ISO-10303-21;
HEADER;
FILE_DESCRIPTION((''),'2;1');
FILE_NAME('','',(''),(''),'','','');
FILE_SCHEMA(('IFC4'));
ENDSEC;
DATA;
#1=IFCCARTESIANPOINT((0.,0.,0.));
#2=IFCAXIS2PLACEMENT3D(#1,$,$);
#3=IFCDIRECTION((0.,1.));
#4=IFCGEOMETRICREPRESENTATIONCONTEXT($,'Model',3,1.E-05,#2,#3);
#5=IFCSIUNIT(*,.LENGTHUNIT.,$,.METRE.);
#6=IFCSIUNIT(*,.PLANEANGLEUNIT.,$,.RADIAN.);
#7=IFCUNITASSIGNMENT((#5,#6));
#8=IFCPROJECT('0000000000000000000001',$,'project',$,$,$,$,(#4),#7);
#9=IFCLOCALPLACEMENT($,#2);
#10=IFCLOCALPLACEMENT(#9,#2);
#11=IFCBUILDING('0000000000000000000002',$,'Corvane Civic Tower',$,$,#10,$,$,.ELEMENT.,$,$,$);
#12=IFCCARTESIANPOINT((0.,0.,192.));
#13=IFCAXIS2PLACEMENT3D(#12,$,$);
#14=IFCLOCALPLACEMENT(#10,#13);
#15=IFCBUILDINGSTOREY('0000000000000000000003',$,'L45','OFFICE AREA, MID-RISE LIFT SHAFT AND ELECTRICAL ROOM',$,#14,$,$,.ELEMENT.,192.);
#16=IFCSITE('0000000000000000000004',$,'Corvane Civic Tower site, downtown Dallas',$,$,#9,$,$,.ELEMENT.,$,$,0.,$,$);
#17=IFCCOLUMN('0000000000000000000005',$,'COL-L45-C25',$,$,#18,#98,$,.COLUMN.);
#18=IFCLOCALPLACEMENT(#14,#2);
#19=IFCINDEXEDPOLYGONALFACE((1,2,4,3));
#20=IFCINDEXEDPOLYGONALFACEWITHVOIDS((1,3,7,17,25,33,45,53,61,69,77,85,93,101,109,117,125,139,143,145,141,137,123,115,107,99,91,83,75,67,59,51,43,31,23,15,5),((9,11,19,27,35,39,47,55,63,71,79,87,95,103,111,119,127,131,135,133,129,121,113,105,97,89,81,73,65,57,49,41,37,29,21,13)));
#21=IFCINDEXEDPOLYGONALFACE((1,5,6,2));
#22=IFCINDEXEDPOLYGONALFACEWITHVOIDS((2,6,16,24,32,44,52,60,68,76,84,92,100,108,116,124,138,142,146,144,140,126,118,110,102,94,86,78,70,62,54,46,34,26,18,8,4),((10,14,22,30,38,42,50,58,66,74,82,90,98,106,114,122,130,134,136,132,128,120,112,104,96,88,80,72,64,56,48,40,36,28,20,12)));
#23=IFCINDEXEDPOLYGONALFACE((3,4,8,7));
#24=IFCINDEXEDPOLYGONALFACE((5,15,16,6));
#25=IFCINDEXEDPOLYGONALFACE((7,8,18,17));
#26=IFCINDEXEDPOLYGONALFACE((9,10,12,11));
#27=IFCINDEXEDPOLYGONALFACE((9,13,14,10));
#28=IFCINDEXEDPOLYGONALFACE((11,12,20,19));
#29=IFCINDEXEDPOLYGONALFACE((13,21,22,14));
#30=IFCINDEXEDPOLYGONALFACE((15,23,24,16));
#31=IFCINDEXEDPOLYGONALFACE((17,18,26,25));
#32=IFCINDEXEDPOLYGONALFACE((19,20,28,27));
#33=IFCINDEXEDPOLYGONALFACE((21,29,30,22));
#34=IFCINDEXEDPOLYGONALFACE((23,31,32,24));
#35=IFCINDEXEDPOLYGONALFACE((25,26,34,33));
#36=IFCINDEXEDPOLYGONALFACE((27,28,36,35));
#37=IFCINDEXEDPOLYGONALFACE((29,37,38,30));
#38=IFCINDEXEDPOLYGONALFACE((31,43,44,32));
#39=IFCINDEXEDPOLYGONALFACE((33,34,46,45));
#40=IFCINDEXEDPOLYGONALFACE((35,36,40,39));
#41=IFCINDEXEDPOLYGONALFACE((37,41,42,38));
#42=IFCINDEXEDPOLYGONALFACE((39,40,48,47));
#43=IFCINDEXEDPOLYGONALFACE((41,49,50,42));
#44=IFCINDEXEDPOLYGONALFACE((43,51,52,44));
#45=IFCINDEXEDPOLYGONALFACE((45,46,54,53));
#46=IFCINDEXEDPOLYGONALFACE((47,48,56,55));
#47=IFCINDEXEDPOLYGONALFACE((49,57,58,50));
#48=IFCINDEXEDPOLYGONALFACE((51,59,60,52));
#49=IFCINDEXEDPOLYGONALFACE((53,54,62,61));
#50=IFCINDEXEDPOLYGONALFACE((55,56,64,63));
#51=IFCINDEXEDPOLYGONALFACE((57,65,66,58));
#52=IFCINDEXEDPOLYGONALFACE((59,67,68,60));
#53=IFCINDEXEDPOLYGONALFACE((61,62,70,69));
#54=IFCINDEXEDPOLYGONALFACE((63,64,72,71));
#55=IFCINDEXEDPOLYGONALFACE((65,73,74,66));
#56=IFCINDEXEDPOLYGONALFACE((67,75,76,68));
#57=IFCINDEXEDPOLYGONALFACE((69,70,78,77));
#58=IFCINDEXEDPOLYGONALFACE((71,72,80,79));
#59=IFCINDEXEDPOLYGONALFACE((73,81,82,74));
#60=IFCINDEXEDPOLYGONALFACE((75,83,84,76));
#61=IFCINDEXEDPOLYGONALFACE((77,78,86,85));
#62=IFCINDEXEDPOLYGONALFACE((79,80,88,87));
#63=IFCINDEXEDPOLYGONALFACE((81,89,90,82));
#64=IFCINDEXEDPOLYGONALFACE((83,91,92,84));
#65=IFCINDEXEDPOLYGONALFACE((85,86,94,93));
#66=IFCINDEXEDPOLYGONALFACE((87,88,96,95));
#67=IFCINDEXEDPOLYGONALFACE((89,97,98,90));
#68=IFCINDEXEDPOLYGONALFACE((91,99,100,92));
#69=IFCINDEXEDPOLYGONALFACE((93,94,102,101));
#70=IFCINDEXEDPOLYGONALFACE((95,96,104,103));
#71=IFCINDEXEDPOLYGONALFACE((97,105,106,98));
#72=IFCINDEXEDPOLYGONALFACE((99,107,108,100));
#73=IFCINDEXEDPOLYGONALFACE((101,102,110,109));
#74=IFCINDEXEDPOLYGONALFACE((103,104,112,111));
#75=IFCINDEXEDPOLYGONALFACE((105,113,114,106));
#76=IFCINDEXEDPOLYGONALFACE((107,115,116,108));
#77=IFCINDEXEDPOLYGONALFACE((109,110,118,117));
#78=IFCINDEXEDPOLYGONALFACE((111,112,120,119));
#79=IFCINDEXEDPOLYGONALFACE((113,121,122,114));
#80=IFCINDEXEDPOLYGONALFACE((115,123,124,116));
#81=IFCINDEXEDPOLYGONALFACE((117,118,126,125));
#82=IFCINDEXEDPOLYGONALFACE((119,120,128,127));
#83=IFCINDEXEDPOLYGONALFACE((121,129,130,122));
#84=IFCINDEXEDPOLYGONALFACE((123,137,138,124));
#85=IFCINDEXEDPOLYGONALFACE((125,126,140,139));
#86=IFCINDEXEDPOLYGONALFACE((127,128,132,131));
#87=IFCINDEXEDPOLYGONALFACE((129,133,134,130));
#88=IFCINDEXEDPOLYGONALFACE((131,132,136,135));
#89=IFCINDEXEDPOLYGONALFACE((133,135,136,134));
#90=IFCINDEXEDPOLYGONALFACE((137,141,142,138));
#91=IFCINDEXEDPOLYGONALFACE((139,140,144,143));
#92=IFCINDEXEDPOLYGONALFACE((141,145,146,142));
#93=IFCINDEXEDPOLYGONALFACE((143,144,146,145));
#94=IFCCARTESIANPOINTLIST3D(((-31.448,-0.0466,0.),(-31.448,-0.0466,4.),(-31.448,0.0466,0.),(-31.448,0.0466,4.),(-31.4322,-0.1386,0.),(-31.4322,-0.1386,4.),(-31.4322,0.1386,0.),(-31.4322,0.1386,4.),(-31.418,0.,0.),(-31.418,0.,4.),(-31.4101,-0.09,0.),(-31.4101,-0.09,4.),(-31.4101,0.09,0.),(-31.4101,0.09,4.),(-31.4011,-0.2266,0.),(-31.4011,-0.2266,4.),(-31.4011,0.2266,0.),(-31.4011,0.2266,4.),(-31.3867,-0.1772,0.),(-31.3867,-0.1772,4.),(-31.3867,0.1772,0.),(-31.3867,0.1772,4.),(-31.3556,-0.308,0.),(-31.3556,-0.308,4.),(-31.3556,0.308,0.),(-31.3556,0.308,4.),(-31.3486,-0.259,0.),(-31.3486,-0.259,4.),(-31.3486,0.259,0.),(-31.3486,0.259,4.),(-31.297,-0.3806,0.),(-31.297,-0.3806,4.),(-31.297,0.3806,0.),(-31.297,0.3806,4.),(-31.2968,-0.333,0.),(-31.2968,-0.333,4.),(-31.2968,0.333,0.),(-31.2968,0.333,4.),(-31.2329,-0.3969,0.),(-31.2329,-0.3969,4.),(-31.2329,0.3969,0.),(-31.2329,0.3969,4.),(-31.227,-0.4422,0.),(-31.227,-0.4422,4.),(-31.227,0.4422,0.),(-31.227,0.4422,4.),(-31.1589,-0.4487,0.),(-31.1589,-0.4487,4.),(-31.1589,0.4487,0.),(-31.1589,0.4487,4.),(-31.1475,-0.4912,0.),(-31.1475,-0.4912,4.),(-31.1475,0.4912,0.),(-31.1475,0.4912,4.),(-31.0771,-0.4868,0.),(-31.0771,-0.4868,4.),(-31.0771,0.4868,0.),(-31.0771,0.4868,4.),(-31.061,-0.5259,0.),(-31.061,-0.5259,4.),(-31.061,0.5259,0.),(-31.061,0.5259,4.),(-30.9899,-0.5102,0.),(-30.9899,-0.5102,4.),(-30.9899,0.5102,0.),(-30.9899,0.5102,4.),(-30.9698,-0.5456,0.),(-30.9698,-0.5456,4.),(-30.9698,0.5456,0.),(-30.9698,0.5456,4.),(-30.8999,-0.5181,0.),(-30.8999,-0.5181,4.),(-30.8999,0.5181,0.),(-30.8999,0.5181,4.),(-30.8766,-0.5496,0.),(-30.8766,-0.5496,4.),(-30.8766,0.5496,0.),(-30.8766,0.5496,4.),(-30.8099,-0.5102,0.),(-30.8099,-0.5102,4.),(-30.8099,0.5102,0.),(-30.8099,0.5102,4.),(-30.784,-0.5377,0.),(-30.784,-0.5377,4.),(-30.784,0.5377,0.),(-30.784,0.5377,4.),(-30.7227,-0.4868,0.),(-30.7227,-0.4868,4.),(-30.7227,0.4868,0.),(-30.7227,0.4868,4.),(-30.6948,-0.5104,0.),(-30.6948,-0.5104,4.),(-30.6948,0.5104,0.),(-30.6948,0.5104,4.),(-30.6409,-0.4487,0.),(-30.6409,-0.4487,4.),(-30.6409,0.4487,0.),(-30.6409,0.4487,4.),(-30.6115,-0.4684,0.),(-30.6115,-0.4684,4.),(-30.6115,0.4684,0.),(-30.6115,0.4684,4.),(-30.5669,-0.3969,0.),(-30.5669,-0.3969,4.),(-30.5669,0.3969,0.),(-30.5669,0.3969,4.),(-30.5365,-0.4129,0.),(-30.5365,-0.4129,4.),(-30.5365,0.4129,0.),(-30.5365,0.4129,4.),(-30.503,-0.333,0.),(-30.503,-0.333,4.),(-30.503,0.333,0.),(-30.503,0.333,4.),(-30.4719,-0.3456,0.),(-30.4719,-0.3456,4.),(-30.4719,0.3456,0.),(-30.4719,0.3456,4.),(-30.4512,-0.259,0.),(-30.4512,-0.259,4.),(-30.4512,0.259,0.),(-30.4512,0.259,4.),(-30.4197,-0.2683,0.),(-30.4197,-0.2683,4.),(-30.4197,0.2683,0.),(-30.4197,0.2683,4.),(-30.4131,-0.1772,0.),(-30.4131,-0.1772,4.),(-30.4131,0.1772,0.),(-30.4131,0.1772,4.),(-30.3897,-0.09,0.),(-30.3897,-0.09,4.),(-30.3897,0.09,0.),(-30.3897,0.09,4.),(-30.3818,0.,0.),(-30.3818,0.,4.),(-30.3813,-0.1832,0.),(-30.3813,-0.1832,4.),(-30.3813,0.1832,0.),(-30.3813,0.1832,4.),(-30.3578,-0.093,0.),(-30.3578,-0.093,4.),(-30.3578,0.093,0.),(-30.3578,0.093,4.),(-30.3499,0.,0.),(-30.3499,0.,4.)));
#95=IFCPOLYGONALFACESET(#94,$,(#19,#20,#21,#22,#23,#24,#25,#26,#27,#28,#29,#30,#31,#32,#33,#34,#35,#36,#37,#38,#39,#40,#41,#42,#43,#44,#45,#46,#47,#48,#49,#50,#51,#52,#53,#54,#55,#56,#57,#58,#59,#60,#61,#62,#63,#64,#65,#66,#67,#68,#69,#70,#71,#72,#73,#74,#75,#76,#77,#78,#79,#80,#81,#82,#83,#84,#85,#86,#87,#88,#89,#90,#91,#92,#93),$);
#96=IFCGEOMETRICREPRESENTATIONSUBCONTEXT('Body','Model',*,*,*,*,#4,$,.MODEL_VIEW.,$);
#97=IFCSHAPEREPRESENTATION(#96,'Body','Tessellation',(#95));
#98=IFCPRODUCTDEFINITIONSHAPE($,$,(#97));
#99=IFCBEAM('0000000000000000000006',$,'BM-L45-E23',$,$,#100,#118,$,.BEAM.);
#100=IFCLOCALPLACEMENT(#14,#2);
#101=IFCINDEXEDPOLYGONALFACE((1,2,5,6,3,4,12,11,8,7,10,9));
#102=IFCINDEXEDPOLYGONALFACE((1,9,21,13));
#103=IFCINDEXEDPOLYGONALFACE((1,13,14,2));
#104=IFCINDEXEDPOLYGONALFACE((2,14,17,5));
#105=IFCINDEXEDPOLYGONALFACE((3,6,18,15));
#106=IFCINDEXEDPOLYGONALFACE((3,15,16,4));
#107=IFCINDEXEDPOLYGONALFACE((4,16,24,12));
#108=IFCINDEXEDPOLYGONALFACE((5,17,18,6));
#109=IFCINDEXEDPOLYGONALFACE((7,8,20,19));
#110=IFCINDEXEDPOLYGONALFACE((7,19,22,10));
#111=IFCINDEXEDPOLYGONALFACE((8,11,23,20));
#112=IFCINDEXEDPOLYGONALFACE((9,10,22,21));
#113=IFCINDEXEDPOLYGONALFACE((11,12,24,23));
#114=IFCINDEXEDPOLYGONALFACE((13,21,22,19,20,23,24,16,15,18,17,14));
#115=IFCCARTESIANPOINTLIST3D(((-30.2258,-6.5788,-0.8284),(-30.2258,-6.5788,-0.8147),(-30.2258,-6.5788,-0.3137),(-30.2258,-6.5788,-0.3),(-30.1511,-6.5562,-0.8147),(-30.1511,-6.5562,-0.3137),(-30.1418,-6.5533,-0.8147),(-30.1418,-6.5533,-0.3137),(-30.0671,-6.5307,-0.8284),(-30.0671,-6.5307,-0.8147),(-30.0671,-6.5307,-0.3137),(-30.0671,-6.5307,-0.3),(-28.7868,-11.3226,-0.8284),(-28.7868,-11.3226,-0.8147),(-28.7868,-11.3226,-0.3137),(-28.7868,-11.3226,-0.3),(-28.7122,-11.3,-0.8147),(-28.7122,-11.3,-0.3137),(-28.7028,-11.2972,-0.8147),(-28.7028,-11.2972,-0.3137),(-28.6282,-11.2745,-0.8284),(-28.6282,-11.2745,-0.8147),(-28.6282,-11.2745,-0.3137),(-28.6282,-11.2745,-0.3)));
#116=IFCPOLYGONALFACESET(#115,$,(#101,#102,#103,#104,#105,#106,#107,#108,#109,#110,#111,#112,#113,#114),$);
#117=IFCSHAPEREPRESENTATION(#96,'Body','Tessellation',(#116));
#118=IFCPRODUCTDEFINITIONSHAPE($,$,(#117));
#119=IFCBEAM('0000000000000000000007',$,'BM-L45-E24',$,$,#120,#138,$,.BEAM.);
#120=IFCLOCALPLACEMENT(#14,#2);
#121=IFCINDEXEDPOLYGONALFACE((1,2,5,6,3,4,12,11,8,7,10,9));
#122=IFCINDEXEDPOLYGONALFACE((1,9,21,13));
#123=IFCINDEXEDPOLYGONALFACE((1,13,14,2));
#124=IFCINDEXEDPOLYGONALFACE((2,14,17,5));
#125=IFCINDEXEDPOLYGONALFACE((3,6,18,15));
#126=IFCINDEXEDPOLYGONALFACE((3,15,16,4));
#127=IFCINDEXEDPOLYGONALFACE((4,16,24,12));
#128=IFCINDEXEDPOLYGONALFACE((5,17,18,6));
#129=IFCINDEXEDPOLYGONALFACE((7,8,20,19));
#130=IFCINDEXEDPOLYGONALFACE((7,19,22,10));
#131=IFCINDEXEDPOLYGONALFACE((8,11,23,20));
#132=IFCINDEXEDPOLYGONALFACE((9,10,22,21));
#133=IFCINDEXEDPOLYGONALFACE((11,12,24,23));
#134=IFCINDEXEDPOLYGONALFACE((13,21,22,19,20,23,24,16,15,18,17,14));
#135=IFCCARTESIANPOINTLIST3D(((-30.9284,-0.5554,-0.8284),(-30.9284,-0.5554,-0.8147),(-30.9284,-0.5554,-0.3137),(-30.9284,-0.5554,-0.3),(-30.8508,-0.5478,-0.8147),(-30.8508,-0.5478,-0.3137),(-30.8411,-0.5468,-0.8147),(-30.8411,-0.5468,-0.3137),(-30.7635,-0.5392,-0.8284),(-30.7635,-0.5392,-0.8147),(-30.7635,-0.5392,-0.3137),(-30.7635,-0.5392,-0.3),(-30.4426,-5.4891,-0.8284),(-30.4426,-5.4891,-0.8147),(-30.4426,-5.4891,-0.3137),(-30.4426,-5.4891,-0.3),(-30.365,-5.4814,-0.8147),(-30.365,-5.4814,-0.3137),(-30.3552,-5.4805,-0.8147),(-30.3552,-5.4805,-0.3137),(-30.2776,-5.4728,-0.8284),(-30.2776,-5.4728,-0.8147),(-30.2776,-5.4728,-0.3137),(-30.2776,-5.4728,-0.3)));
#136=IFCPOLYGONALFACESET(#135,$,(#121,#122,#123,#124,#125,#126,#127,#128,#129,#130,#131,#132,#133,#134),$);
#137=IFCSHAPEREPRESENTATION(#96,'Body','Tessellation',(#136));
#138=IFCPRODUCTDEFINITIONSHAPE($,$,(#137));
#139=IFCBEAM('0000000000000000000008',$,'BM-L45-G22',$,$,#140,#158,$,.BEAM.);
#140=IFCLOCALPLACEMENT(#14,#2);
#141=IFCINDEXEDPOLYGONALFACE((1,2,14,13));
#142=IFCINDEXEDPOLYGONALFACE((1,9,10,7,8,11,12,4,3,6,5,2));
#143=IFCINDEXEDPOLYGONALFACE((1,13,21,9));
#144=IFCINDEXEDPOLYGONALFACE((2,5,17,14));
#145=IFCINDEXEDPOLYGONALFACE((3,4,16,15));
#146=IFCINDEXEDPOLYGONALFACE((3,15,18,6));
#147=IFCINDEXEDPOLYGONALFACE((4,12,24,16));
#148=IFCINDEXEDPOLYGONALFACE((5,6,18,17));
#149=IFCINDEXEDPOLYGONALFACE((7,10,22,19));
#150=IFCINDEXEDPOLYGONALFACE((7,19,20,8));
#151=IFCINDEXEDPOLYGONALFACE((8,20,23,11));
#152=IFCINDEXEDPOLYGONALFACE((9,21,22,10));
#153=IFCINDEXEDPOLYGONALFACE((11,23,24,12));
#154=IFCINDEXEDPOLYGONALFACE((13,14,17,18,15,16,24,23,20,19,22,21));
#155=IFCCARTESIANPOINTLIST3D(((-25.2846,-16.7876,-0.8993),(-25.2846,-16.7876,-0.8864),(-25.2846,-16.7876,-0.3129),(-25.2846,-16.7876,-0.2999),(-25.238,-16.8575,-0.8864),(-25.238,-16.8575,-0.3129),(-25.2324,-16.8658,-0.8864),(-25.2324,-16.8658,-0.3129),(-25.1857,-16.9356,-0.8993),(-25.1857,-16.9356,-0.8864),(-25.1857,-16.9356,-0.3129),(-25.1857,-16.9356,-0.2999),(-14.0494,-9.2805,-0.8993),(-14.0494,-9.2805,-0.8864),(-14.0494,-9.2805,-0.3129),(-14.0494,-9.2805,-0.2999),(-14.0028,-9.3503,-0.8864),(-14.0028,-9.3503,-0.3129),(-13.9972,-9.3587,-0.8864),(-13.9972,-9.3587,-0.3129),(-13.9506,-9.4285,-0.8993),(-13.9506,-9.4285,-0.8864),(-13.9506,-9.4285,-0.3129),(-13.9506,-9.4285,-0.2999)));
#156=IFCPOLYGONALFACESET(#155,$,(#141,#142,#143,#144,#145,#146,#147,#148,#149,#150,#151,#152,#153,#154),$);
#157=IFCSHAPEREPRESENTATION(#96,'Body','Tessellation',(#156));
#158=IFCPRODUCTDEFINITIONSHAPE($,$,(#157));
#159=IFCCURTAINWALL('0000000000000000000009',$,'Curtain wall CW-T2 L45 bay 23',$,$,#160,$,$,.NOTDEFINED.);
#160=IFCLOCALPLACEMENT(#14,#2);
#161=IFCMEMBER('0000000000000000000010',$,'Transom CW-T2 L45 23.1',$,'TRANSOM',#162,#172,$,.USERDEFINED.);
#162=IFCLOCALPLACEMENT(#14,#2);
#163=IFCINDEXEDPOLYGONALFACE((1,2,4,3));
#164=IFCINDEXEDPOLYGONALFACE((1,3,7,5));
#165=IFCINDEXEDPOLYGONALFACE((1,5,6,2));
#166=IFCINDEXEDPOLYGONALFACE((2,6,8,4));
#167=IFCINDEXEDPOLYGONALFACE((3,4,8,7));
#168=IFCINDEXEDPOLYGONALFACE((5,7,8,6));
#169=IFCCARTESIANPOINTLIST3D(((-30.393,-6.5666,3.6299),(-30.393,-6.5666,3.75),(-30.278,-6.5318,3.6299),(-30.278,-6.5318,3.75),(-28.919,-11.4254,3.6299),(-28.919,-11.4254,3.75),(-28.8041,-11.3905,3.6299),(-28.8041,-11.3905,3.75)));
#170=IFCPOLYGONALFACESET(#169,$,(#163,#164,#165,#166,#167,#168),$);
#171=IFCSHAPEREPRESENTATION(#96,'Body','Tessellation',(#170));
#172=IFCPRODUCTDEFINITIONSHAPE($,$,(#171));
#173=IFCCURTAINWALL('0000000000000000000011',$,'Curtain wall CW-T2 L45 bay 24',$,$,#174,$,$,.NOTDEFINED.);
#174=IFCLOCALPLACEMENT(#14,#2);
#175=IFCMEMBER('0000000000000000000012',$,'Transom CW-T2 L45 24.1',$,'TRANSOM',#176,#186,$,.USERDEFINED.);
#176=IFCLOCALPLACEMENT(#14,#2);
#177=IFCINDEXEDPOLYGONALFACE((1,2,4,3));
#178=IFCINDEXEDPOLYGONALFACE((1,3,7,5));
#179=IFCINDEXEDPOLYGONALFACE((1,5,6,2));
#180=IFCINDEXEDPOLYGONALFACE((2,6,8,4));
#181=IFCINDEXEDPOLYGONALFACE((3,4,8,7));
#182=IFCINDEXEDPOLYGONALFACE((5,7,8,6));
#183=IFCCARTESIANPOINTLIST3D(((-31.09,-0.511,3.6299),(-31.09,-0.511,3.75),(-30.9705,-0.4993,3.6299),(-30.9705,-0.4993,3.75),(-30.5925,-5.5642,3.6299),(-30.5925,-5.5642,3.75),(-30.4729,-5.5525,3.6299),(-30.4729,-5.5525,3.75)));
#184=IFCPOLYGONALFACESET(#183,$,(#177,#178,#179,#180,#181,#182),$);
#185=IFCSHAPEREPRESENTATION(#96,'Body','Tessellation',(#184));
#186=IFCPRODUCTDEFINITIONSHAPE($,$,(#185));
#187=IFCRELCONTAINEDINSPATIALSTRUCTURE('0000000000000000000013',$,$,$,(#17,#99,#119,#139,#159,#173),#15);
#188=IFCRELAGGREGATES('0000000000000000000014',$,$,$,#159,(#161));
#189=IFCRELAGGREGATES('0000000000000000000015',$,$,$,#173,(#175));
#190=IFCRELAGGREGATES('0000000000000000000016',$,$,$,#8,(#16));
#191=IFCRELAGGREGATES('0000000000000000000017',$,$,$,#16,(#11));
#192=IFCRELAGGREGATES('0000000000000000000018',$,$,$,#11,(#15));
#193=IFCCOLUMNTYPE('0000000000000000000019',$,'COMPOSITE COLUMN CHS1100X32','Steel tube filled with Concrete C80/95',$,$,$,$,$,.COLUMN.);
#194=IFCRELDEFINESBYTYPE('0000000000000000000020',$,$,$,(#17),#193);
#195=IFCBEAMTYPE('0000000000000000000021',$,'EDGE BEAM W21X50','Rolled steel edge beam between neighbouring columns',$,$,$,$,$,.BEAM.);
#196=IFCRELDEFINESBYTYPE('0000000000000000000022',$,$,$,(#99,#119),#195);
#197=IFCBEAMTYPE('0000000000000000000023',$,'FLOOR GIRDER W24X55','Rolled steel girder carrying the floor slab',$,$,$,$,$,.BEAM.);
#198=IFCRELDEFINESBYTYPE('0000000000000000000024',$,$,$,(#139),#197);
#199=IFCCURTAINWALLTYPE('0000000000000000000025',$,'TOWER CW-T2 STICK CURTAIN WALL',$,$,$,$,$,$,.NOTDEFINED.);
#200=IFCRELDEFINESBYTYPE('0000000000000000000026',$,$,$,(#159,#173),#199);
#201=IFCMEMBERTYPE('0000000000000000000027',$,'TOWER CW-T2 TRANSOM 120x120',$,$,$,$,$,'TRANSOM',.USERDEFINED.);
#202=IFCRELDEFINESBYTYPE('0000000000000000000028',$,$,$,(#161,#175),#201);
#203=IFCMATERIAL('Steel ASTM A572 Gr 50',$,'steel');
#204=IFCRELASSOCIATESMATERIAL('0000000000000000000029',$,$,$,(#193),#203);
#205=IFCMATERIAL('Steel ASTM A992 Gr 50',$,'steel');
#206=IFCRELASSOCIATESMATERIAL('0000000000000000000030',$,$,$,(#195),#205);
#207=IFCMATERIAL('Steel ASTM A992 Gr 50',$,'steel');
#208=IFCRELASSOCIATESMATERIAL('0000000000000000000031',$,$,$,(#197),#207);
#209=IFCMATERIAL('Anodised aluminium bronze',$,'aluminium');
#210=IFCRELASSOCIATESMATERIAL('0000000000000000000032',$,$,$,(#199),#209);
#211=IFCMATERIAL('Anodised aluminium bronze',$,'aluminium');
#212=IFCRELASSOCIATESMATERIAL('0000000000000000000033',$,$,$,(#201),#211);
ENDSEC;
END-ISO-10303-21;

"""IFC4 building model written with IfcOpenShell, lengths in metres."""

from ifc_helpers import new_model, si_unit, direction, frame, origin, origin_2d, place, context, subcontext, project, spatial, rectangle, hollow_circle, i_section, extrude, material, material_profile, profile_set, type_object, element, aggregate, save


model = new_model("IFC4")

# Units and contexts
model_context = context("Model", 3, precision=1e-05, world=origin(), true_north=direction((0.0, 1.0)))
body_context = subcontext(model_context, "Body", "Model", "MODEL_VIEW")
ifc_project = project(units=[si_unit("LENGTHUNIT", "METRE"), si_unit("PLANEANGLEUNIT", "RADIAN")], contexts=[model_context])

# Site, building, storey
site_placement = place(None, origin())
site = spatial("IfcSite", under=ifc_project, at=site_placement, Name="Corvane Civic Tower site, downtown Dallas", CompositionType="ELEMENT", RefElevation=0.0)
building_placement = place(site_placement, origin())
building = spatial("IfcBuilding", under=site, at=building_placement, Name="Corvane Civic Tower", CompositionType="ELEMENT")
storey_placement = place(building_placement, frame((0.0, 0.0, 192.0)))
storey = spatial("IfcBuildingStorey", under=building, at=storey_placement, Name="L45", Description="OFFICE AREA, MID-RISE LIFT SHAFT AND ELECTRICAL ROOM", CompositionType="ELEMENT", Elevation=192.0)

# Column
ifc_material_1 = material(Name="Steel ASTM A572 Gr 50", Category="steel")
ifc_material_profile_1 = material_profile(ifc_material_1, hollow_circle(Radius=0.55, WallThickness=0.032, at=origin_2d()), Name="CHS1100X32")
ifc_profile_set_1 = profile_set([ifc_material_profile_1], Name="Steel ASTM A572 Gr 50")
column_type = type_object("IfcColumnType", Name="COMPOSITE COLUMN CHS1100X32", Description="Steel tube filled with Concrete C80/95", PredefinedType="COLUMN", material=ifc_profile_set_1)
for number, where, z_axis, x_axis, name in (
    (1, (-30.8999, 0.0, 0.0), (0.0, 0.0, 1.0), (1.0, 0.0, 0.0), "COL-L45-C25"),
):
    element("IfcColumn", number, at=place(storey_placement, frame(where, z_axis=z_axis, x_axis=x_axis)), inside=storey, type_object=column_type, Name=name, PredefinedType="COLUMN", context=body_context, shape_type="SweptSolid", body=[
        extrude(hollow_circle(Radius=0.55, WallThickness=0.032, at=origin_2d()), origin(), (0.0, 0.0, 1.0), 4.0),
    ])

# Beams
ifc_material_2 = material(Name="Steel ASTM A992 Gr 50", Category="steel")
ifc_material_profile_2 = material_profile(ifc_material_2, i_section(OverallWidth=0.1658, OverallDepth=0.5283, WebThickness=0.0098, FlangeThickness=0.0137, at=origin_2d()), Name="W21X50")
ifc_profile_set_2 = profile_set([ifc_material_profile_2], Name="Steel ASTM A992 Gr 50")
beam_type_1 = type_object("IfcBeamType", Name="EDGE BEAM W21X50", Description="Rolled steel edge beam between neighbouring columns", PredefinedType="BEAM", material=ifc_profile_set_2)
beam_1_placement = place(storey_placement, frame((-28.7075, -11.2986, -0.5642), z_axis=(-0.29027, 0.956945, 0.0), x_axis=(-0.956945, -0.29027, 0.0)))
element("IfcBeam", 2, at=beam_1_placement, inside=storey, type_object=beam_type_1, Name="BM-L45-E23", PredefinedType="BEAM", context=body_context, shape_type="SweptSolid", body=[
    extrude(i_section(OverallWidth=0.1658, OverallDepth=0.5283, WebThickness=0.0098, FlangeThickness=0.0137, at=origin_2d()), origin(), (0.0, 0.0, 1.0), 4.9573),
])
beam_2_placement = place(storey_placement, frame((-30.3601, -5.481, -0.5642), z_axis=(-0.098002, 0.995186, 0.0), x_axis=(-0.995186, -0.098002, 0.0)))
element("IfcBeam", 3, at=beam_2_placement, inside=storey, type_object=beam_type_1, Name="BM-L45-E24", PredefinedType="BEAM", context=body_context, shape_type="SweptSolid", body=[
    extrude(i_section(OverallWidth=0.1658, OverallDepth=0.5283, WebThickness=0.0098, FlangeThickness=0.0137, at=origin_2d()), origin(), (0.0, 0.0, 1.0), 4.9575),
])
ifc_material_3 = material(Name="Steel ASTM A992 Gr 50", Category="steel")
ifc_material_profile_3 = material_profile(ifc_material_3, i_section(OverallWidth=0.178, OverallDepth=0.5994, WebThickness=0.01, FlangeThickness=0.0129, at=origin_2d()), Name="W24X55")
ifc_profile_set_3 = profile_set([ifc_material_profile_3], Name="Steel ASTM A992 Gr 50")
beam_type_2 = type_object("IfcBeamType", Name="FLOOR GIRDER W24X55", Description="Rolled steel girder carrying the floor slab", PredefinedType="BEAM", material=ifc_profile_set_3)
beam_3_placement = place(storey_placement, frame((-14.0, -9.3545, -0.5996), z_axis=(-0.831469, -0.555571, 0.0), x_axis=(0.555571, -0.831469, 0.0)))
element("IfcBeam", 4, at=beam_3_placement, inside=storey, type_object=beam_type_2, Name="BM-L45-G22", PredefinedType="BEAM", context=body_context, shape_type="SweptSolid", body=[
    extrude(i_section(OverallWidth=0.178, OverallDepth=0.5994, WebThickness=0.01, FlangeThickness=0.0129, at=origin_2d()), origin(), (0.0, 0.0, 1.0), 13.5125),
])

# Curtain walls, members
ifc_material_4 = material(Name="Anodised aluminium bronze", Category="aluminium")
curtain_wall_type = type_object("IfcCurtainWallType", Name="TOWER CW-T2 STICK CURTAIN WALL", PredefinedType="NOTDEFINED", material=ifc_material_4)
curtain_wall_1_placement = place(storey_placement, origin())
curtain_wall_1 = element("IfcCurtainWall", 5, at=curtain_wall_1_placement, inside=storey, type_object=curtain_wall_type, Name="Curtain wall CW-T2 L45 bay 23", PredefinedType="NOTDEFINED")
ifc_material_5 = material(Name="Anodised aluminium bronze", Category="aluminium")
ifc_material_profile_4 = material_profile(ifc_material_5, rectangle(XDim=0.1201, YDim=0.1201, at=origin_2d()), Name="TOWER CW-T2 TRANSOM 120x120")
ifc_profile_set_4 = profile_set([ifc_material_profile_4], Name="Anodised aluminium bronze")
member_type = type_object("IfcMemberType", Name="TOWER CW-T2 TRANSOM 120x120", ElementType="TRANSOM", PredefinedType="USERDEFINED", material=ifc_profile_set_4)
member_1_placement = place(storey_placement, frame((-28.8616, -11.408, 3.6899), z_axis=(-0.290289, 0.956939, 0.0), x_axis=(-0.956939, -0.290289, 0.0)))
member_1 = element("IfcMember", 6, at=member_1_placement, type_object=member_type, Name="Transom CW-T2 L45 23.1", ObjectType="TRANSOM", PredefinedType="USERDEFINED", context=body_context, shape_type="SweptSolid", body=[
    extrude(rectangle(XDim=0.1201, YDim=0.1201, at=origin_2d()), origin(), (0.0, 0.0, 1.0), 5.0774),
])
curtain_wall_2_placement = place(storey_placement, origin())
curtain_wall_2 = element("IfcCurtainWall", 7, at=curtain_wall_2_placement, inside=storey, type_object=curtain_wall_type, Name="Curtain wall CW-T2 L45 bay 24", PredefinedType="NOTDEFINED")
member_2_placement = place(storey_placement, frame((-30.5327, -5.5583, 3.6899), z_axis=(-0.09799, 0.995187, 0.0), x_axis=(-0.995187, -0.09799, 0.0)))
member_2 = element("IfcMember", 8, at=member_2_placement, type_object=member_type, Name="Transom CW-T2 L45 24.1", ObjectType="TRANSOM", PredefinedType="USERDEFINED", context=body_context, shape_type="SweptSolid", body=[
    extrude(rectangle(XDim=0.1201, YDim=0.1201, at=origin_2d()), origin(), (0.0, 0.0, 1.0), 5.0776),
])

aggregate(curtain_wall_1, [member_1])
aggregate(curtain_wall_2, [member_2])

save(model, "model.ifc")
